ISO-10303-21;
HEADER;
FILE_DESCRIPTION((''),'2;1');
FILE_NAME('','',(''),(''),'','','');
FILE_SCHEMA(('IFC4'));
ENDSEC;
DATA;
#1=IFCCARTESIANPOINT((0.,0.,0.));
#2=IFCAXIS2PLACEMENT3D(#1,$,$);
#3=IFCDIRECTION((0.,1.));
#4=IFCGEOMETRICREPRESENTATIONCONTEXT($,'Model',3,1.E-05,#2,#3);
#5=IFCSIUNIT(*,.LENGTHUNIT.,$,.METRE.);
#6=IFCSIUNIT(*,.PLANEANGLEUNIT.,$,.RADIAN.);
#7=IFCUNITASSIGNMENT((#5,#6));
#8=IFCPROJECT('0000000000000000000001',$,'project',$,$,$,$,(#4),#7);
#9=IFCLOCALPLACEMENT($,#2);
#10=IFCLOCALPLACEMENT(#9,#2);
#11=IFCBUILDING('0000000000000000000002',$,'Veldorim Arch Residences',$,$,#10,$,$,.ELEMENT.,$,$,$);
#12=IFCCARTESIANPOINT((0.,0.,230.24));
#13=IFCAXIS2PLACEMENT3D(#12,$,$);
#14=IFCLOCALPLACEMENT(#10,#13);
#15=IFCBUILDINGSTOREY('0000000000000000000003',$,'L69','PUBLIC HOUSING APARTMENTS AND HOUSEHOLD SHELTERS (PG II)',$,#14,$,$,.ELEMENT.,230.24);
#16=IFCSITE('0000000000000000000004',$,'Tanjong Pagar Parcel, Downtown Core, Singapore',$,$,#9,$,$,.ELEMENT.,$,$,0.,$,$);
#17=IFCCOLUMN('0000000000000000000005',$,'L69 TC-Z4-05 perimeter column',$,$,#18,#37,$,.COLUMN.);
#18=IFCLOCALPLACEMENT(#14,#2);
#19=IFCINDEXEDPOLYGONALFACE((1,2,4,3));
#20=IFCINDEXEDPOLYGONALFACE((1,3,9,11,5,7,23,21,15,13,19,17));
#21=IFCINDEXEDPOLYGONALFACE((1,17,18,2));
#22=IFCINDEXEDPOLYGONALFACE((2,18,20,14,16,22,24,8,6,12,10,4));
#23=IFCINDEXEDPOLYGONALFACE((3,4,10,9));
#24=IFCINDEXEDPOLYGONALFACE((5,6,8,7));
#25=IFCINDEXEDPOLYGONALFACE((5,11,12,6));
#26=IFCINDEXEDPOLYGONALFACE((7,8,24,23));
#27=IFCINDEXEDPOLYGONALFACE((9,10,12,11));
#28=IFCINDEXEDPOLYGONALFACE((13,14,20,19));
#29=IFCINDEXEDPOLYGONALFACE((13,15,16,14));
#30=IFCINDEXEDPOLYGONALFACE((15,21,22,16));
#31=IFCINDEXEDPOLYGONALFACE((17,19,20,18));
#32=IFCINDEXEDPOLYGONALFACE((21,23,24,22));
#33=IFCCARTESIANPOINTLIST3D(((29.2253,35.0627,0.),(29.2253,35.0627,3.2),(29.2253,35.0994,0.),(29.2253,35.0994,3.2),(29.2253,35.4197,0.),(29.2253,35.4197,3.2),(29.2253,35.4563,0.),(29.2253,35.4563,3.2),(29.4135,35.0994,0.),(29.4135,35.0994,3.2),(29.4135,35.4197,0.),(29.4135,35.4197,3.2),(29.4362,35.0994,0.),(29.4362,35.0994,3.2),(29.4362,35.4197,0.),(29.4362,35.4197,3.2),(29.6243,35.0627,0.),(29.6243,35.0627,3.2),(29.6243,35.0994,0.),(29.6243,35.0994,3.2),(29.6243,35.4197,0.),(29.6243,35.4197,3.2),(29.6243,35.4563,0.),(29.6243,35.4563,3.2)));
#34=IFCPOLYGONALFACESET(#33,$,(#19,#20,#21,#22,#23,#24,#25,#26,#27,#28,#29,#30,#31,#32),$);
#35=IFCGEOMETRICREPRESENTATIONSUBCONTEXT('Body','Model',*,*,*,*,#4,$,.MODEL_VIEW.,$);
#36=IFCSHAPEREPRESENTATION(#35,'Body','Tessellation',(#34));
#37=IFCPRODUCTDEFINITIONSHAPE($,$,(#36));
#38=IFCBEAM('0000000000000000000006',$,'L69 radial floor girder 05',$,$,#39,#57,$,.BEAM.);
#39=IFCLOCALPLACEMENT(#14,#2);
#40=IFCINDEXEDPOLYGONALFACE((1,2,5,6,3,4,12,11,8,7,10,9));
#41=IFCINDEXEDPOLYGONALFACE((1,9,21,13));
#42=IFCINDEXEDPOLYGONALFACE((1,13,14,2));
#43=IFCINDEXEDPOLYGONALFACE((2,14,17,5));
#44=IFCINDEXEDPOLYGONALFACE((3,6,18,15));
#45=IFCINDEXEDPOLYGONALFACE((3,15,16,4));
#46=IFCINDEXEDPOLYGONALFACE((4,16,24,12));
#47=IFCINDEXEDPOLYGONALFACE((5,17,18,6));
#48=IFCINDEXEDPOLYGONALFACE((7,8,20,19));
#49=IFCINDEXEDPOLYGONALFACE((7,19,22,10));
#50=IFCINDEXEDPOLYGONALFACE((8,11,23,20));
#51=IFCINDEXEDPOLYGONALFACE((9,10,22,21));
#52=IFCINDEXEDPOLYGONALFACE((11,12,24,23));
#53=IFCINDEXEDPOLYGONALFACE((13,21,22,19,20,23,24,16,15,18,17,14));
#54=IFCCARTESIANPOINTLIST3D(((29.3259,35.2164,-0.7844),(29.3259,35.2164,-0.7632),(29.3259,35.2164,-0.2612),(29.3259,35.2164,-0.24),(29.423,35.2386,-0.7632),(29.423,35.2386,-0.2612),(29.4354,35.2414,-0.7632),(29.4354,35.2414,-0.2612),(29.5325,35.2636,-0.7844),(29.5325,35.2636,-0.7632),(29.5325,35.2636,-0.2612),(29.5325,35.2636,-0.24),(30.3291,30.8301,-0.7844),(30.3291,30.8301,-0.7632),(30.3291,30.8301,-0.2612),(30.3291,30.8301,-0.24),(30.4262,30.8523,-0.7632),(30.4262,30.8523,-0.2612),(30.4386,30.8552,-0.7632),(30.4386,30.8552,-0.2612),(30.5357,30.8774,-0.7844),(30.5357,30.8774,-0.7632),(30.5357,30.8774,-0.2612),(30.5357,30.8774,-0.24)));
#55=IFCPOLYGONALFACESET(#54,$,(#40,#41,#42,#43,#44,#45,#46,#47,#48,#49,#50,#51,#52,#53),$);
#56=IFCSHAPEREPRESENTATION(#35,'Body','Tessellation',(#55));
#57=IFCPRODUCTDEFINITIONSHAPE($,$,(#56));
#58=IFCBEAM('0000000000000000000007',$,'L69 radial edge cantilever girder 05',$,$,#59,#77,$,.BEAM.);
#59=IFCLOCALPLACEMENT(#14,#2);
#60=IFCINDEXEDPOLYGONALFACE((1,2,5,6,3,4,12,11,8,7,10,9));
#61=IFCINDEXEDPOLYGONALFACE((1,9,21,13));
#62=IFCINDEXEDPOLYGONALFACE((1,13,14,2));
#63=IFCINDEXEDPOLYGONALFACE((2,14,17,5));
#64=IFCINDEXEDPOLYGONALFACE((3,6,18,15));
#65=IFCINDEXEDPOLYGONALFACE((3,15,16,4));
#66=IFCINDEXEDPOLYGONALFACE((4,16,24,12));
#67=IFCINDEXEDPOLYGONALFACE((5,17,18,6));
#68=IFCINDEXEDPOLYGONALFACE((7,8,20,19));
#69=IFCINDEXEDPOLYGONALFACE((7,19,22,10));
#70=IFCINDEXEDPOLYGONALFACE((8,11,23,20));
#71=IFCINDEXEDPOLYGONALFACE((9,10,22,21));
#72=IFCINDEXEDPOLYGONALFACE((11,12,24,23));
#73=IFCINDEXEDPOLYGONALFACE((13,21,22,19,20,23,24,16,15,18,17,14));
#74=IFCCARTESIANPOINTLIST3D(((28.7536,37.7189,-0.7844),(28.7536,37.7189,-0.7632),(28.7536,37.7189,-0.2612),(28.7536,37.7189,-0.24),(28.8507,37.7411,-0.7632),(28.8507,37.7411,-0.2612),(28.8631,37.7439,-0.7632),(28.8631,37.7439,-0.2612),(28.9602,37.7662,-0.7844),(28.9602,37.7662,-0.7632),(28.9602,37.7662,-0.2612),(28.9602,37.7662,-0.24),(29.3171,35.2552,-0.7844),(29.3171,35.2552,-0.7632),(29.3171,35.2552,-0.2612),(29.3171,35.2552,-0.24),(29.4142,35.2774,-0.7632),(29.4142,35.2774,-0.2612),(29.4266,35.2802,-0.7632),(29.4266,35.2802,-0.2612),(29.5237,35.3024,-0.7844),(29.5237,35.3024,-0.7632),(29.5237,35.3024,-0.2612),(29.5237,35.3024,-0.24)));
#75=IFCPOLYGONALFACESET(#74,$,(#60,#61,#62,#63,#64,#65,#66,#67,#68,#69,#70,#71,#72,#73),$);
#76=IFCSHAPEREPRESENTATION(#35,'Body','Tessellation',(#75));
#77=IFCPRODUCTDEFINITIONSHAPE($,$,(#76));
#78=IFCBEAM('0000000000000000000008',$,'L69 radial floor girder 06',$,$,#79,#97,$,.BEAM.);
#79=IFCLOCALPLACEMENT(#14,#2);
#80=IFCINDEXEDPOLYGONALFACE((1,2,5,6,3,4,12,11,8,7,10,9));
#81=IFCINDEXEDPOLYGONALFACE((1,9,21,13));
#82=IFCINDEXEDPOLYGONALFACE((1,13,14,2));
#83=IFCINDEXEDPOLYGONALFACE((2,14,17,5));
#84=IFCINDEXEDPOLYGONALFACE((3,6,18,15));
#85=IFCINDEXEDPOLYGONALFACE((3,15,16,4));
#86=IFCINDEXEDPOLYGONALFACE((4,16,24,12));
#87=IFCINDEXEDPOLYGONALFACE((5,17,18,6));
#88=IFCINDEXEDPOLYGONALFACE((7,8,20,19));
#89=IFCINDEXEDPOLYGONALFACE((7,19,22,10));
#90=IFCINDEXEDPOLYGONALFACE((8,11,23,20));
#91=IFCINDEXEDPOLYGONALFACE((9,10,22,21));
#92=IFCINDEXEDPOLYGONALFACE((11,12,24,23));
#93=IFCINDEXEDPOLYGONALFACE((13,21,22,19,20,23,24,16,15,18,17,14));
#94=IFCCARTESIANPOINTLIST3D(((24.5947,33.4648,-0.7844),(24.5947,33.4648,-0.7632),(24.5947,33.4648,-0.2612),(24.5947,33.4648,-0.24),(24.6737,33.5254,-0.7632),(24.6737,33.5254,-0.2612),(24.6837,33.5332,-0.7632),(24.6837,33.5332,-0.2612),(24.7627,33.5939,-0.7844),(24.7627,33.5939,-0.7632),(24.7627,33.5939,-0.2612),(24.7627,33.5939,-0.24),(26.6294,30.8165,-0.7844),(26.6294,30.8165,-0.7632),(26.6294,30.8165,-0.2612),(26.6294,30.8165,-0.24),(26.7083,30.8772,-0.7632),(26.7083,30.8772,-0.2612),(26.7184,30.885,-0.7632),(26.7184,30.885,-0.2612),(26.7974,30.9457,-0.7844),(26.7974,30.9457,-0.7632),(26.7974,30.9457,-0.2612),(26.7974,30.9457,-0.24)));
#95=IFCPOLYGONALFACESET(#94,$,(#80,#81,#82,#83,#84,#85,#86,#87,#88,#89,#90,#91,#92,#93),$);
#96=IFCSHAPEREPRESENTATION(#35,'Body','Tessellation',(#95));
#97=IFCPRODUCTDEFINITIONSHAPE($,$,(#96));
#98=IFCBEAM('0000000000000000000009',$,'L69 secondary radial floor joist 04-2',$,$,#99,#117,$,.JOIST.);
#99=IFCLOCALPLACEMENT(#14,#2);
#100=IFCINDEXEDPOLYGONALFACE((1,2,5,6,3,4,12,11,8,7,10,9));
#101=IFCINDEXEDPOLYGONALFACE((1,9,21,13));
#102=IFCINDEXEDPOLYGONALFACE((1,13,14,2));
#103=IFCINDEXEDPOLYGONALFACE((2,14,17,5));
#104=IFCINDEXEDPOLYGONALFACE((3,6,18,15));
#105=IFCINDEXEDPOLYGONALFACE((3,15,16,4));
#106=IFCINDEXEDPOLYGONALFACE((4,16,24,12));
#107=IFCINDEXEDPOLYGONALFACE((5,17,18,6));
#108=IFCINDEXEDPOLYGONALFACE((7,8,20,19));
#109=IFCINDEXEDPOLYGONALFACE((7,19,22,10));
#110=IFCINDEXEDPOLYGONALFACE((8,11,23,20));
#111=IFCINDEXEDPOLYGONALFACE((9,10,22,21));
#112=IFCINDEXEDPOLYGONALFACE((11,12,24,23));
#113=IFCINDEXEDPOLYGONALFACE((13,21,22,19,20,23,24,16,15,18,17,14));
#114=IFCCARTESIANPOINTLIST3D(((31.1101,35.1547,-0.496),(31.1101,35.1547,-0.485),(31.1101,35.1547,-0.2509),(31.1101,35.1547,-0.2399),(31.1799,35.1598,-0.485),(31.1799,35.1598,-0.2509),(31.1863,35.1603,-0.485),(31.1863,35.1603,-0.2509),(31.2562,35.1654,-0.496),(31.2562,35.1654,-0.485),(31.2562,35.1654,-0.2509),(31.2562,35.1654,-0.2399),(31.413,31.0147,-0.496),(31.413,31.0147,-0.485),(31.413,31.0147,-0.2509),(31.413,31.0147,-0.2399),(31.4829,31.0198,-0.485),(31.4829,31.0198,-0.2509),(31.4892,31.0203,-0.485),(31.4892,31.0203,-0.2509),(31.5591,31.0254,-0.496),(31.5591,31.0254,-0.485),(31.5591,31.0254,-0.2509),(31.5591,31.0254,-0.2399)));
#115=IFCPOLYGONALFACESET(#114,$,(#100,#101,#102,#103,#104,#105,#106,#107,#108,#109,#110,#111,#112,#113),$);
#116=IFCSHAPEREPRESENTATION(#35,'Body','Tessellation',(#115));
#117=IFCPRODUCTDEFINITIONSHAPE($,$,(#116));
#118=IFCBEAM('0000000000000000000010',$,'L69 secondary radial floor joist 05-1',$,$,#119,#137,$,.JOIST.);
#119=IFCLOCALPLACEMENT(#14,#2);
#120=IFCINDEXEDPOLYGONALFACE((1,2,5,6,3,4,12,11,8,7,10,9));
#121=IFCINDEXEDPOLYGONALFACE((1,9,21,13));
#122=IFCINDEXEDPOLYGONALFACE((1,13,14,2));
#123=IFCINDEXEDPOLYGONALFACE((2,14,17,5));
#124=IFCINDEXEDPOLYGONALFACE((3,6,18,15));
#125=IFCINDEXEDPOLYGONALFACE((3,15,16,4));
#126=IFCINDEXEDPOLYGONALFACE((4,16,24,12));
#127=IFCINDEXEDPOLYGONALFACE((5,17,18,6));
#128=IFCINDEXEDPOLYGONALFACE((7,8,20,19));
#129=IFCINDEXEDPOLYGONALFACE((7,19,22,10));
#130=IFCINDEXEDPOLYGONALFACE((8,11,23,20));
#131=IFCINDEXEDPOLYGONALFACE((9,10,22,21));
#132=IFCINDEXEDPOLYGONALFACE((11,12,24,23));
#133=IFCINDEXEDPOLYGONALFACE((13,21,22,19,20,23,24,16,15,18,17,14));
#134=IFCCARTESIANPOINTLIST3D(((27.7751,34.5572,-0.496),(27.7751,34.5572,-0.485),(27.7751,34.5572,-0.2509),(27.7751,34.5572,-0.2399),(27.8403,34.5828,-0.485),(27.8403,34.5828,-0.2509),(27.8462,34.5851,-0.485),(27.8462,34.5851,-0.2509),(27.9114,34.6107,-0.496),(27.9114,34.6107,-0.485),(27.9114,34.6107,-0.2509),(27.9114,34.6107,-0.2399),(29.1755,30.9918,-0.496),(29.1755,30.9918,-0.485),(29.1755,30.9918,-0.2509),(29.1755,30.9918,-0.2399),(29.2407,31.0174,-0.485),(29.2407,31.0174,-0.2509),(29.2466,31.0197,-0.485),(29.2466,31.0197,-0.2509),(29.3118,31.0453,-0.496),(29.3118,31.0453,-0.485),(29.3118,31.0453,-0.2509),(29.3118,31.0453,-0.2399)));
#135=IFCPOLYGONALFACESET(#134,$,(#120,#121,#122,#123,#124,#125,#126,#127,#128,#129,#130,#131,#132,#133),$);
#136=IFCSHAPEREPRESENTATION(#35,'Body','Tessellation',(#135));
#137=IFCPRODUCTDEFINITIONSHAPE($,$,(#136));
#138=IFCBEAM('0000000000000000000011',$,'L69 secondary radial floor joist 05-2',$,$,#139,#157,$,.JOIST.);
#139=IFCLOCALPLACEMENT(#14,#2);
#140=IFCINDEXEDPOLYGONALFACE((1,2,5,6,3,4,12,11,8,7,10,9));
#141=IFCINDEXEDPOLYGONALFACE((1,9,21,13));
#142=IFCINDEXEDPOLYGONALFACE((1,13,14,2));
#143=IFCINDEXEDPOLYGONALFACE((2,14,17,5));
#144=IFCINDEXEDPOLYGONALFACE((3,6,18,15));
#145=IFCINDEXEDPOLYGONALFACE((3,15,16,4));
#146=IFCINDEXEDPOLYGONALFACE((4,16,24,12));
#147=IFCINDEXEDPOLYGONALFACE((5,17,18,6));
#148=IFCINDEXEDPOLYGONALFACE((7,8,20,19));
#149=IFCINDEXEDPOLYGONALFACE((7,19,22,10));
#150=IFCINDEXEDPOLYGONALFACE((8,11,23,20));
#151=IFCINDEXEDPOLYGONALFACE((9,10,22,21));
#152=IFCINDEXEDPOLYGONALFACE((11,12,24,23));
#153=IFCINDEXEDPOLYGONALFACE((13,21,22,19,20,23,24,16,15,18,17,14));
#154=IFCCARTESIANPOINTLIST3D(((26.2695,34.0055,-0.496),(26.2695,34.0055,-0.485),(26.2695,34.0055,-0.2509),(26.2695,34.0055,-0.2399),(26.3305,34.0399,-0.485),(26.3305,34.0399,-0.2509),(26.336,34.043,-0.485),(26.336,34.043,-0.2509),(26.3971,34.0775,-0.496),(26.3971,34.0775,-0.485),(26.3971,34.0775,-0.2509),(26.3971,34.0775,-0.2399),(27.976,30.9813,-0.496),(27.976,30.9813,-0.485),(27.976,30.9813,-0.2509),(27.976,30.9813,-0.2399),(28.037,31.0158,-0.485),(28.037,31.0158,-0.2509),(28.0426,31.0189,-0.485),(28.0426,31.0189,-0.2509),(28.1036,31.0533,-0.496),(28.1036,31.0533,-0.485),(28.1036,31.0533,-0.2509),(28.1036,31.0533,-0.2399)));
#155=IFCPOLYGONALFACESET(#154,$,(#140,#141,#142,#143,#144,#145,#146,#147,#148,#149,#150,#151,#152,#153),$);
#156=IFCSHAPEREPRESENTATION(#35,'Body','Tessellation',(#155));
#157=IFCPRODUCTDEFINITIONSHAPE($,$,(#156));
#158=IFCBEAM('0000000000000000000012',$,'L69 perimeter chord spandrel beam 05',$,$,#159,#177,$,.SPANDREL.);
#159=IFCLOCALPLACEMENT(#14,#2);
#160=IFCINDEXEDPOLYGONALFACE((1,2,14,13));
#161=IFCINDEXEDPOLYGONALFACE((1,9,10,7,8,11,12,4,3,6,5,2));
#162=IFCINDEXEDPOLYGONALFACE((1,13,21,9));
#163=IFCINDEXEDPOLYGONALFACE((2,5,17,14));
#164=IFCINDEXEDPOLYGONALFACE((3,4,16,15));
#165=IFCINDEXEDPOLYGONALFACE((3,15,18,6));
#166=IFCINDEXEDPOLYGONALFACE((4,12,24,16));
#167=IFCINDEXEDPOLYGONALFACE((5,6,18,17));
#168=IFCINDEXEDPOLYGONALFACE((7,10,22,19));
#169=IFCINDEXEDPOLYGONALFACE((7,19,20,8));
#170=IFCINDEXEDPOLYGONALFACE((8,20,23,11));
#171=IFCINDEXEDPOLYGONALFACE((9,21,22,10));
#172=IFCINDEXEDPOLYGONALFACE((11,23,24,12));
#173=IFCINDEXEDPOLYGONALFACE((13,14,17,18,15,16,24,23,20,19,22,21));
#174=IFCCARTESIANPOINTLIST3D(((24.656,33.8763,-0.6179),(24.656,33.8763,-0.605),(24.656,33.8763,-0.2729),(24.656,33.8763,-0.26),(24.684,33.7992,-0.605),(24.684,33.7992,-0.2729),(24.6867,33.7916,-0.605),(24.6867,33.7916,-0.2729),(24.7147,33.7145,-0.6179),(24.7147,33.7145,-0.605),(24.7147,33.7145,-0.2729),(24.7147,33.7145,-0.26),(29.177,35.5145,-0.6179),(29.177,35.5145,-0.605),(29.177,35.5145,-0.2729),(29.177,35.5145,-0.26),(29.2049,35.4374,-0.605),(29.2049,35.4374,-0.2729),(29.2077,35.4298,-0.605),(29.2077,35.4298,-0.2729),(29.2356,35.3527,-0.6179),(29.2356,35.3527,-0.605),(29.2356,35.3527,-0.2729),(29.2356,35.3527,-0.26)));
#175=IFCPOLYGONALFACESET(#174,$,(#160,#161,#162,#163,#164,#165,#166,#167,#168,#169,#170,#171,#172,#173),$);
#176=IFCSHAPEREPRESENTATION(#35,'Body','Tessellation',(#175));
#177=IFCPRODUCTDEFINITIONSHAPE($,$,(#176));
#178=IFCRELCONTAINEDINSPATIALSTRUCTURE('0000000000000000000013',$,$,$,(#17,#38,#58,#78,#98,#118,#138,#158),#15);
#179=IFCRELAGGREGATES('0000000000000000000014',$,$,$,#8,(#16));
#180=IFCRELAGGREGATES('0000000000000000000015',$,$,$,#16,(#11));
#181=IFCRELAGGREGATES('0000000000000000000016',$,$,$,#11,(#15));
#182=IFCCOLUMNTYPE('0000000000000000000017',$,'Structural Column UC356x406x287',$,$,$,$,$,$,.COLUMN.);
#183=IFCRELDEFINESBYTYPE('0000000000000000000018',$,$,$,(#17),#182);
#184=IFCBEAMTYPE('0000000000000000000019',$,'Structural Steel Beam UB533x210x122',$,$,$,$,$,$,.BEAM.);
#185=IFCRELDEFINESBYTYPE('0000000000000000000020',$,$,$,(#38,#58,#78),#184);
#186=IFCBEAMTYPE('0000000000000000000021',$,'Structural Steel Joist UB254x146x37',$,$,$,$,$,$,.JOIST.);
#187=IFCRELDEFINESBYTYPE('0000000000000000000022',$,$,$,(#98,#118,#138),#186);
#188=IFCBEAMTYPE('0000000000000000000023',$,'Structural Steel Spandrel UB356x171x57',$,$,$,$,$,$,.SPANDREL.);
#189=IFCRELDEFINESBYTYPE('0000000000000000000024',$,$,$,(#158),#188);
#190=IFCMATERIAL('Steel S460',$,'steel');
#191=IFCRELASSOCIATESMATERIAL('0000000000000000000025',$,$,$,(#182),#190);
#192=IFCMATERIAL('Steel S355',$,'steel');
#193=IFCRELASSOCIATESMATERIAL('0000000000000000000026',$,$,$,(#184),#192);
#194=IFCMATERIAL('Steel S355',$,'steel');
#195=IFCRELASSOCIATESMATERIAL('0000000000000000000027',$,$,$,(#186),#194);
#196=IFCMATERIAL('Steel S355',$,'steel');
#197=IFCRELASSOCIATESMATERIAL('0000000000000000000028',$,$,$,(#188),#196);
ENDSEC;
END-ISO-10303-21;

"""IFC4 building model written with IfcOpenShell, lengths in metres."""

from ifc_helpers import new_model, si_unit, direction, frame, origin, origin_2d, place, context, subcontext, project, spatial, i_section, extrude, material, material_profile, profile_set, type_object, element, save


model = new_model("IFC4")

# Units and contexts
model_context = context("Model", 3, precision=1e-05, world=origin(), true_north=direction((0.0, 1.0)))
body_context = subcontext(model_context, "Body", "Model", "MODEL_VIEW")
ifc_project = project(units=[si_unit("LENGTHUNIT", "METRE"), si_unit("PLANEANGLEUNIT", "RADIAN")], contexts=[model_context])

# Site, building, storey
site_placement = place(None, origin())
site = spatial("IfcSite", under=ifc_project, at=site_placement, Name="Tanjong Pagar Parcel, Downtown Core, Singapore", CompositionType="ELEMENT", RefElevation=0.0)
building_placement = place(site_placement, origin())
building = spatial("IfcBuilding", under=site, at=building_placement, Name="Veldorim Arch Residences", CompositionType="ELEMENT")
storey_placement = place(building_placement, frame((0.0, 0.0, 230.24)))
storey = spatial("IfcBuildingStorey", under=building, at=storey_placement, Name="L69", Description="PUBLIC HOUSING APARTMENTS AND HOUSEHOLD SHELTERS (PG II)", CompositionType="ELEMENT", Elevation=230.24)

# Column
ifc_material_1 = material(Name="Steel S460", Category="steel")
ifc_material_profile_1 = material_profile(ifc_material_1, i_section(OverallWidth=0.3989, OverallDepth=0.3936, WebThickness=0.0227, FlangeThickness=0.0366, at=origin_2d()), Name="UC356x406x287")
ifc_profile_set_1 = profile_set([ifc_material_profile_1], Name="Steel S460")
column_type = type_object("IfcColumnType", Name="Structural Column UC356x406x287", PredefinedType="COLUMN", material=ifc_profile_set_1)
column_placement = place(storey_placement, frame((29.4248, 35.2595, 0.0), z_axis=(0.0, 0.0, 1.0), x_axis=(1.0, 0.0, 0.0)))
element("IfcColumn", 1, at=column_placement, inside=storey, type_object=column_type, Name="L69 TC-Z4-05 perimeter column", PredefinedType="COLUMN", context=body_context, shape_type="SweptSolid", body=[
    extrude(i_section(OverallWidth=0.3989, OverallDepth=0.3936, WebThickness=0.0227, FlangeThickness=0.0366, at=origin_2d()), origin(), (0.0, 0.0, 1.0), 3.2),
])

# Beams
ifc_material_2 = material(Name="Steel S355", Category="steel")
ifc_material_profile_2 = material_profile(ifc_material_2, i_section(OverallWidth=0.2119, OverallDepth=0.5444, WebThickness=0.0127, FlangeThickness=0.0212, at=origin_2d()), Name="UB533x210x122")
ifc_profile_set_2 = profile_set([ifc_material_profile_2], Name="Steel S355")
beam_type_1 = type_object("IfcBeamType", Name="Structural Steel Beam UB533x210x122", PredefinedType="BEAM", material=ifc_profile_set_2)
beam_1_placement = place(storey_placement, frame((30.4324, 30.8538, -0.5122), z_axis=(-0.222953, 0.974829, 0.0), x_axis=(-0.974829, -0.222953, 0.0)))
element("IfcBeam", 2, at=beam_1_placement, inside=storey, type_object=beam_type_1, Name="L69 radial floor girder 05", PredefinedType="BEAM", context=body_context, shape_type="SweptSolid", body=[
    extrude(i_section(OverallWidth=0.2119, OverallDepth=0.5444, WebThickness=0.0127, FlangeThickness=0.0212, at=origin_2d()), origin(), (0.0, 0.0, 1.0), 4.4995),
])
beam_2_placement = place(storey_placement, frame((29.4204, 35.2788, -0.5122), z_axis=(-0.222961, 0.974827, 0.0), x_axis=(-0.974827, -0.222961, 0.0)))
element("IfcBeam", 3, at=beam_2_placement, inside=storey, type_object=beam_type_1, Name="L69 radial edge cantilever girder 05", PredefinedType="BEAM", context=body_context, shape_type="SweptSolid", body=[
    extrude(i_section(OverallWidth=0.2119, OverallDepth=0.5444, WebThickness=0.0127, FlangeThickness=0.0212, at=origin_2d()), origin(), (0.0, 0.0, 1.0), 2.5273),
])
beam_3_placement = place(storey_placement, frame((26.7134, 30.8811, -0.5122), z_axis=(-0.609258, 0.792972, 0.0), x_axis=(-0.792972, -0.609258, 0.0)))
element("IfcBeam", 4, at=beam_3_placement, inside=storey, type_object=beam_type_1, Name="L69 radial floor girder 06", PredefinedType="BEAM", context=body_context, shape_type="SweptSolid", body=[
    extrude(i_section(OverallWidth=0.2119, OverallDepth=0.5444, WebThickness=0.0127, FlangeThickness=0.0212, at=origin_2d()), origin(), (0.0, 0.0, 1.0), 3.3396),
])
ifc_material_3 = material(Name="Steel S355", Category="steel")
ifc_material_profile_3 = material_profile(ifc_material_3, i_section(OverallWidth=0.1465, OverallDepth=0.2561, WebThickness=0.0063, FlangeThickness=0.011, at=origin_2d()), Name="UB254x146x37")
ifc_profile_set_3 = profile_set([ifc_material_profile_3], Name="Steel S355")
beam_type_2 = type_object("IfcBeamType", Name="Structural Steel Joist UB254x146x37", PredefinedType="JOIST", material=ifc_profile_set_3)
beam_4_placement = place(storey_placement, frame((31.4861, 31.02, -0.3679), z_axis=(-0.072986, 0.997333, 0.0), x_axis=(-0.997333, -0.072986, 0.0)))
element("IfcBeam", 5, at=beam_4_placement, inside=storey, type_object=beam_type_2, Name="L69 secondary radial floor joist 04-2", PredefinedType="JOIST", context=body_context, shape_type="SweptSolid", body=[
    extrude(i_section(OverallWidth=0.1465, OverallDepth=0.2561, WebThickness=0.0063, FlangeThickness=0.011, at=origin_2d()), origin(), (0.0, 0.0, 1.0), 4.1511),
])
beam_5_placement = place(storey_placement, frame((29.2437, 31.0186, -0.3679), z_axis=(-0.365581, 0.930779, 0.0), x_axis=(-0.930779, -0.365581, 0.0)))
element("IfcBeam", 6, at=beam_5_placement, inside=storey, type_object=beam_type_2, Name="L69 secondary radial floor joist 05-1", PredefinedType="JOIST", context=body_context, shape_type="SweptSolid", body=[
    extrude(i_section(OverallWidth=0.1465, OverallDepth=0.2561, WebThickness=0.0063, FlangeThickness=0.011, at=origin_2d()), origin(), (0.0, 0.0, 1.0), 3.8306),
])
beam_6_placement = place(storey_placement, frame((28.0398, 31.0173, -0.3679), z_axis=(-0.491452, 0.870904, 0.0), x_axis=(-0.870904, -0.491452, 0.0)))
element("IfcBeam", 7, at=beam_6_placement, inside=storey, type_object=beam_type_2, Name="L69 secondary radial floor joist 05-2", PredefinedType="JOIST", context=body_context, shape_type="SweptSolid", body=[
    extrude(i_section(OverallWidth=0.1465, OverallDepth=0.2561, WebThickness=0.0063, FlangeThickness=0.011, at=origin_2d()), origin(), (0.0, 0.0, 1.0), 3.4724),
])
ifc_material_4 = material(Name="Steel S355", Category="steel")
ifc_material_profile_4 = material_profile(ifc_material_4, i_section(OverallWidth=0.1721, OverallDepth=0.3579, WebThickness=0.0081, FlangeThickness=0.0129, at=origin_2d()), Name="UB356x171x57")
ifc_profile_set_4 = profile_set([ifc_material_profile_4], Name="Steel S355")
beam_type_3 = type_object("IfcBeamType", Name="Structural Steel Spandrel UB356x171x57", PredefinedType="SPANDREL", material=ifc_profile_set_4)
beam_7_placement = place(storey_placement, frame((29.2063, 35.4336, -0.439), z_axis=(-0.940181, -0.340675, 0.0), x_axis=(0.340675, -0.940181, 0.0)))
element("IfcBeam", 8, at=beam_7_placement, inside=storey, type_object=beam_type_3, Name="L69 perimeter chord spandrel beam 05", PredefinedType="SPANDREL", context=body_context, shape_type="SweptSolid", body=[
    extrude(i_section(OverallWidth=0.1721, OverallDepth=0.3579, WebThickness=0.0081, FlangeThickness=0.0129, at=origin_2d()), origin(), (0.0, 0.0, 1.0), 4.8086),
])

save(model, "model.ifc")
